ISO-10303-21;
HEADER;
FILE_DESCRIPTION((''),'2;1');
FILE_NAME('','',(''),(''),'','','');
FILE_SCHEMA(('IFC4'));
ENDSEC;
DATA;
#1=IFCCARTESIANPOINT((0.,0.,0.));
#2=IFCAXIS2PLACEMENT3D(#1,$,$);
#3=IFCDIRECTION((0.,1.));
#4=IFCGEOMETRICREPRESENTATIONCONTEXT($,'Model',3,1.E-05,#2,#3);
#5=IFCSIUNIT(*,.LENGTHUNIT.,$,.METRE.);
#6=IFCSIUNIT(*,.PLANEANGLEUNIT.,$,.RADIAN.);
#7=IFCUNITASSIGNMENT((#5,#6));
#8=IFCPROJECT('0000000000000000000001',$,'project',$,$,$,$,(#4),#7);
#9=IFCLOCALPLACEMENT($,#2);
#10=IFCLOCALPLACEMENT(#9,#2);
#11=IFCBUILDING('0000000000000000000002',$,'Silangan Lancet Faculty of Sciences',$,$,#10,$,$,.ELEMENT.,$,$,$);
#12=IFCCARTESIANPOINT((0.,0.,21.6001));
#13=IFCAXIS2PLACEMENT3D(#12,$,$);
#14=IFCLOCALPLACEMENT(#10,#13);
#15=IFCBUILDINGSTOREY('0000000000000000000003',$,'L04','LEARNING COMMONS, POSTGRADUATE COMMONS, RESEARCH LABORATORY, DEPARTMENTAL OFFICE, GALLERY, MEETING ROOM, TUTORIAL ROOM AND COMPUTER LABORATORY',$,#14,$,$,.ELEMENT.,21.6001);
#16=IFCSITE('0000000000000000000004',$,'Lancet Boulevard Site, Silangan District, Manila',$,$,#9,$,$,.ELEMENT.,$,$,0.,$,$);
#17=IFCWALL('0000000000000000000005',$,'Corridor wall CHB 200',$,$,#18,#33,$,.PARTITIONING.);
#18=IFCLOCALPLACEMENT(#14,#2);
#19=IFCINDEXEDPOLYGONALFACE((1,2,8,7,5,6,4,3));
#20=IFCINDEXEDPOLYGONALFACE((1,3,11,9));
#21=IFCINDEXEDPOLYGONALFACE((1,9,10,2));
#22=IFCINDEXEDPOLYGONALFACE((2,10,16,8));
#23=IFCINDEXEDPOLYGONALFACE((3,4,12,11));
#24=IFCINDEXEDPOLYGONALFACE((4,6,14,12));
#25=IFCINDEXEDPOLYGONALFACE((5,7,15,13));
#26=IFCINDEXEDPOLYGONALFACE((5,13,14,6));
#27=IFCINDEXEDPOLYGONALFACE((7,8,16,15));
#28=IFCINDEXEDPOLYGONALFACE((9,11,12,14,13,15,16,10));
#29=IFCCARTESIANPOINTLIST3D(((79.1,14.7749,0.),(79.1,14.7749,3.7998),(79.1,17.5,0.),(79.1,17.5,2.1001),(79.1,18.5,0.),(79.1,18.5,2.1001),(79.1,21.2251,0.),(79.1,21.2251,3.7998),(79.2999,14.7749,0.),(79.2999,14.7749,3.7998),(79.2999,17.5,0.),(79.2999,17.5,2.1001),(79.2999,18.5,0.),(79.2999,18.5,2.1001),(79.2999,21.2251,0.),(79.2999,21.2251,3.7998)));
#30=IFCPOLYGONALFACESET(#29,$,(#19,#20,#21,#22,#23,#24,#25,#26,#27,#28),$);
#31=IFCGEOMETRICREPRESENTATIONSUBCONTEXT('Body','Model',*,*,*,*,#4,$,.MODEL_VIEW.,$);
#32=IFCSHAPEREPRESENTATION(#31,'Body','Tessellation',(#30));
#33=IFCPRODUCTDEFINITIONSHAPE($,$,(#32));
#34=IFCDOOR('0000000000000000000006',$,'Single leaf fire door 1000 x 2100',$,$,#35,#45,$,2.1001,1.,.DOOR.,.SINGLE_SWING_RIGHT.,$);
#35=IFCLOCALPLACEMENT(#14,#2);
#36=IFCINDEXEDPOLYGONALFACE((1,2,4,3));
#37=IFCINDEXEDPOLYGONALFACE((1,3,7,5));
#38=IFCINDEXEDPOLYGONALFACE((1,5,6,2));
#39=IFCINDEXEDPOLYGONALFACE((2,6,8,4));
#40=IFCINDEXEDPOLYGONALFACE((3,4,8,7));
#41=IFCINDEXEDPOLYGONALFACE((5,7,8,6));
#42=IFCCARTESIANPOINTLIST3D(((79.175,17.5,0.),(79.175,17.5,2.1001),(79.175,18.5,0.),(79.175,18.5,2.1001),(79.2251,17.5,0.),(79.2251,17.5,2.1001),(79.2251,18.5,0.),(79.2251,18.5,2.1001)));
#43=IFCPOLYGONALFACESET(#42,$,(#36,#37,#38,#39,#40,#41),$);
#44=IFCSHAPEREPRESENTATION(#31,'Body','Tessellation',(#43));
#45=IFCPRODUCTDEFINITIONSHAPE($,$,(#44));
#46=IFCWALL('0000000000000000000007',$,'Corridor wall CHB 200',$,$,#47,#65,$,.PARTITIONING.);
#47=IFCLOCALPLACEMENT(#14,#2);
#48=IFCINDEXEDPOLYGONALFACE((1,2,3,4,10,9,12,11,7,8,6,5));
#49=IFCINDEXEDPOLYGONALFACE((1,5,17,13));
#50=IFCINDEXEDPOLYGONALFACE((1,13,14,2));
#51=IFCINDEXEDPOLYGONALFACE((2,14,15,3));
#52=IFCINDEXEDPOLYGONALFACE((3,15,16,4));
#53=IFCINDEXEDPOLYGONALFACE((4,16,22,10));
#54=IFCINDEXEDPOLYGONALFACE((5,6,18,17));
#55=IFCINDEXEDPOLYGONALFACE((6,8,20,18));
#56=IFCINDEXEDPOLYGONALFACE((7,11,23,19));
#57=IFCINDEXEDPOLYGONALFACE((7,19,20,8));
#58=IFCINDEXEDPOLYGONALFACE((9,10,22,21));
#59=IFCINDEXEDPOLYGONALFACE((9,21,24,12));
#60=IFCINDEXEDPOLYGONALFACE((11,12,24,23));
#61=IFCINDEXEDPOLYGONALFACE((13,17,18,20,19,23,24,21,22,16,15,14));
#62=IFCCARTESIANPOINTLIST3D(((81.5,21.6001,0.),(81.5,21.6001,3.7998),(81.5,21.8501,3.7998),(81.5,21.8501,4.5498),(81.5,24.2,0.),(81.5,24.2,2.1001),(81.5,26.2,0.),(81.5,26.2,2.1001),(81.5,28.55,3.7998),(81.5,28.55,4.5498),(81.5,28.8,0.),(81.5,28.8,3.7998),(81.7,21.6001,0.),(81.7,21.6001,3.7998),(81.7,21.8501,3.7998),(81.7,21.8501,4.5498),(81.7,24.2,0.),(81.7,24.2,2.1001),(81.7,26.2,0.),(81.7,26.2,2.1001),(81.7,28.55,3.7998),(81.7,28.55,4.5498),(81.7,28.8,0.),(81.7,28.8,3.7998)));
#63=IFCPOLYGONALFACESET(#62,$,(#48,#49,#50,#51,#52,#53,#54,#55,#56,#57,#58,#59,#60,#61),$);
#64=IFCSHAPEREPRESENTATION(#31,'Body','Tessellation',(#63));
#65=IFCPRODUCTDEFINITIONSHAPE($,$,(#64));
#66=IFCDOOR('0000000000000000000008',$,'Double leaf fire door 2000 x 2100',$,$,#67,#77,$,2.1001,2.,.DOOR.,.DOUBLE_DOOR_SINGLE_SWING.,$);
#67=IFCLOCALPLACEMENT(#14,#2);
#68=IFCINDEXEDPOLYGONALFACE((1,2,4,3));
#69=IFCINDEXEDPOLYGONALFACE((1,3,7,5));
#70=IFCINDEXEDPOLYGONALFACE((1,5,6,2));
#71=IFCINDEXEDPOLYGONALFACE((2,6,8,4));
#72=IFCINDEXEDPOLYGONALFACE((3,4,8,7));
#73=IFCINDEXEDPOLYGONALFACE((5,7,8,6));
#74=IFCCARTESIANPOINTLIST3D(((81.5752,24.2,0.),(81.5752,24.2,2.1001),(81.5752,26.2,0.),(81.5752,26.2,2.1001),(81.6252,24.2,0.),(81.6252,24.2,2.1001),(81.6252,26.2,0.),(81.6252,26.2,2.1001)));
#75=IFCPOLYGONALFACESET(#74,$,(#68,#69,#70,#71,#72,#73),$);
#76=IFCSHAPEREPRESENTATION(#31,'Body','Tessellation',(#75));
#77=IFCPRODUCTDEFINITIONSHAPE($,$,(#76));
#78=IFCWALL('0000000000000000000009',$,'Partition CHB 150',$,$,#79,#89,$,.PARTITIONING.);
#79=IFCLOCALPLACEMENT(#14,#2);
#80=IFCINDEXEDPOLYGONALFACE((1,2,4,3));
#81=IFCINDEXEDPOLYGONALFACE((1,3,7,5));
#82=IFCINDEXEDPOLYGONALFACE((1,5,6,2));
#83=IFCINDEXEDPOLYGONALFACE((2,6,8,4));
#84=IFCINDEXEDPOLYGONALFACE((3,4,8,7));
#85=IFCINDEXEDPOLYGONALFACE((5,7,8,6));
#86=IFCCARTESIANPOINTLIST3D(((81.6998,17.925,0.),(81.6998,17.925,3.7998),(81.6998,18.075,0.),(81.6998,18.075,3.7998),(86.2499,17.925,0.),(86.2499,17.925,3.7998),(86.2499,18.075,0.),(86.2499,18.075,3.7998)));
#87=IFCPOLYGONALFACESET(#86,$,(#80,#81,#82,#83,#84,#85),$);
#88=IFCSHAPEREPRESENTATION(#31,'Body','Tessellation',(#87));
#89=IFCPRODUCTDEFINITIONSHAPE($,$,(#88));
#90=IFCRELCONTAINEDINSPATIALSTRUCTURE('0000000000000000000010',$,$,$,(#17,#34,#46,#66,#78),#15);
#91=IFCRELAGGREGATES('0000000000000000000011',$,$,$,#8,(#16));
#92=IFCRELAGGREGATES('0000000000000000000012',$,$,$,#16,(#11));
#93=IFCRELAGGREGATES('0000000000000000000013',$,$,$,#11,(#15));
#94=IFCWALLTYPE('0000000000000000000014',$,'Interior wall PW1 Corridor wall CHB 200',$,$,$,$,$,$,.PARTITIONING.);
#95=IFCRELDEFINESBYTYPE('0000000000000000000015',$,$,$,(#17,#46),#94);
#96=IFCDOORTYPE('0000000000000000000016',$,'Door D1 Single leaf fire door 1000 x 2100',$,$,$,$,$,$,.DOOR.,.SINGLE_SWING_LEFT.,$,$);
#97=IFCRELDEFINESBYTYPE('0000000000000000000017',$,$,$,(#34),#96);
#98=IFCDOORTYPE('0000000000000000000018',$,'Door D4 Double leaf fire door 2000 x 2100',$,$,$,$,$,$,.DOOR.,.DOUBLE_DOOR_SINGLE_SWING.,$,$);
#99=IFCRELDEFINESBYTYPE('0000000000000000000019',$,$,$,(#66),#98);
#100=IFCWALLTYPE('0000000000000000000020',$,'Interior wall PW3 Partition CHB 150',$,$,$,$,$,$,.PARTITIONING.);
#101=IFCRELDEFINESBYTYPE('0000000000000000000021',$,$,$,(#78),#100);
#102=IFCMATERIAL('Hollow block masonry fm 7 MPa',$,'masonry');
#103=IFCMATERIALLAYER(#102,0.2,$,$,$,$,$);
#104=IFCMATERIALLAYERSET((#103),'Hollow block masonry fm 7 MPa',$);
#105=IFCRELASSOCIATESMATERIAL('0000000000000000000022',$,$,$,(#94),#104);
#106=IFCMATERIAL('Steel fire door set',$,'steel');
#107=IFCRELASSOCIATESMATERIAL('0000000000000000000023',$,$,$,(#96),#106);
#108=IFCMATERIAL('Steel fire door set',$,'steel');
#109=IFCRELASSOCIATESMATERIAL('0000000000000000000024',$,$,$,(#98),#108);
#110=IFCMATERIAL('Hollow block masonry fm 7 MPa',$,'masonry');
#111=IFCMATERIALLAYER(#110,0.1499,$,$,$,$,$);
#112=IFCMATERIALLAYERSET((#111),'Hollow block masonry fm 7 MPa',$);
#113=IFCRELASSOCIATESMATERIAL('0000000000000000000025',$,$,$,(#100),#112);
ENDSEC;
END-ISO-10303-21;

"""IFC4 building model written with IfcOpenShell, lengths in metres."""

from ifc_helpers import new_model, si_unit, direction, frame, frame_2d, origin, place, context, subcontext, project, spatial, polyline, rectangle, outline, extrude, material, layer, layer_set, type_object, element, fill, save


model = new_model("IFC4")

# Units and contexts
model_context = context("Model", 3, precision=1e-05, world=origin(), true_north=direction((0.0, 1.0)))
body_context = subcontext(model_context, "Body", "Model", "MODEL_VIEW")
ifc_project = project(units=[si_unit("LENGTHUNIT", "METRE"), si_unit("PLANEANGLEUNIT", "RADIAN")], contexts=[model_context])

# Site, building, storey
site_placement = place(None, origin())
site = spatial("IfcSite", under=ifc_project, at=site_placement, Name="Lancet Boulevard Site, Silangan District, Manila", CompositionType="ELEMENT", RefElevation=0.0)
building_placement = place(site_placement, origin())
building = spatial("IfcBuilding", under=site, at=building_placement, Name="Silangan Lancet Faculty of Sciences", CompositionType="ELEMENT")
storey_placement = place(building_placement, frame((0.0, 0.0, 21.6001)))
storey = spatial("IfcBuildingStorey", under=building, at=storey_placement, Name="L04", Description="LEARNING COMMONS, POSTGRADUATE COMMONS, RESEARCH LABORATORY, DEPARTMENTAL OFFICE, GALLERY, MEETING ROOM, TUTORIAL ROOM AND COMPUTER LABORATORY", CompositionType="ELEMENT", Elevation=21.6001)

# Walls, openings, doors
ifc_material_1 = material(Name="Hollow block masonry fm 7 MPa", Category="masonry")
ifc_layer_1 = layer(ifc_material_1, 0.2)
ifc_layer_set_1 = layer_set([ifc_layer_1], Name="Hollow block masonry fm 7 MPa")
wall_type_1 = type_object("IfcWallType", Name="Interior wall PW1 Corridor wall CHB 200", PredefinedType="PARTITIONING", material=ifc_layer_set_1)
wall_1_placement = place(storey_placement, frame((79.2, 14.7749, 0.0), z_axis=(0.0, 0.0, 1.0), x_axis=(0.0, 1.0, 0.0)))
wall_1 = element("IfcWall", 1, at=wall_1_placement, inside=storey, type_object=wall_type_1, Name="Corridor wall CHB 200", PredefinedType="PARTITIONING", context=body_context, shape_type="SweptSolid", body=[
    extrude(rectangle(XDim=6.4502, YDim=0.2, at=frame_2d((3.2251, 0.0))), origin(), (0.0, 0.0, 1.0), 3.7998),
])
opening_1_placement = place(wall_1_placement, frame((2.7251, 0.0, 0.0)))
opening_1 = element("IfcOpeningElement", 2, at=opening_1_placement, cuts=wall_1, PredefinedType="OPENING", context=body_context, shape_type="SweptSolid", body=[
    extrude(rectangle(XDim=1.0, YDim=2.1001, at=frame_2d((0.5, 1.05))), frame((0.0, 0.1099, 0.0), z_axis=(0.0, -1.0, 0.0), x_axis=(1.0, 0.0, 0.0)), (0.0, 0.0, 1.0), 0.22),
])
ifc_material_2 = material(Name="Steel fire door set", Category="steel")
door_type_1 = type_object("IfcDoorType", Name="Door D1 Single leaf fire door 1000 x 2100", OperationType="SINGLE_SWING_LEFT", PredefinedType="DOOR", material=ifc_material_2)
door_1_placement = place(opening_1_placement, origin())
door_1 = element("IfcDoor", 3, at=door_1_placement, inside=storey, type_object=door_type_1, Name="Single leaf fire door 1000 x 2100", OperationType="SINGLE_SWING_RIGHT", OverallHeight=2.1001, OverallWidth=1.0, PredefinedType="DOOR", context=body_context, shape_type="SweptSolid", body=[
    extrude(rectangle(XDim=1.0, YDim=2.1001, at=frame_2d((0.5, 1.05))), frame((0.0, 0.0249, 0.0), z_axis=(0.0, -1.0, 0.0), x_axis=(1.0, 0.0, 0.0)), (0.0, 0.0, 1.0), 0.05),
])
fill(opening_1, door_1)
wall_2_placement = place(storey_placement, frame((81.6001, 21.6001, 0.0), z_axis=(0.0, 0.0, 1.0), x_axis=(0.0, 1.0, 0.0)))
wall_2 = element("IfcWall", 4, at=wall_2_placement, inside=storey, type_object=wall_type_1, Name="Corridor wall CHB 200", PredefinedType="PARTITIONING", context=body_context, shape_type="SweptSolid", body=[
    extrude(outline(polyline([(0.0, 0.0), (7.2, 0.0), (7.2, 3.7998), (6.95, 3.7998), (6.95, 4.5498), (0.25, 4.5498), (0.25, 3.7998), (0.0, 3.7998), (0.0, 0.0)])), frame((0.0, 0.1001, 0.0), z_axis=(0.0, -1.0, 0.0), x_axis=(1.0, 0.0, 0.0)), (0.0, 0.0, 1.0), 0.2),
])
opening_2_placement = place(wall_2_placement, frame((2.5999, 0.0, 0.0)))
opening_2 = element("IfcOpeningElement", 5, at=opening_2_placement, cuts=wall_2, PredefinedType="OPENING", context=body_context, shape_type="SweptSolid", body=[
    extrude(rectangle(XDim=2.0, YDim=2.1001, at=frame_2d((1.0, 1.05))), frame((0.0, 0.1099, 0.0), z_axis=(0.0, -1.0, 0.0), x_axis=(1.0, 0.0, 0.0)), (0.0, 0.0, 1.0), 0.22),
])
ifc_material_3 = material(Name="Steel fire door set", Category="steel")
door_type_2 = type_object("IfcDoorType", Name="Door D4 Double leaf fire door 2000 x 2100", OperationType="DOUBLE_DOOR_SINGLE_SWING", PredefinedType="DOOR", material=ifc_material_3)
door_2_placement = place(opening_2_placement, origin())
door_2 = element("IfcDoor", 6, at=door_2_placement, inside=storey, type_object=door_type_2, Name="Double leaf fire door 2000 x 2100", OperationType="DOUBLE_DOOR_SINGLE_SWING", OverallHeight=2.1001, OverallWidth=2.0, PredefinedType="DOOR", context=body_context, shape_type="SweptSolid", body=[
    extrude(rectangle(XDim=2.0, YDim=2.1001, at=frame_2d((1.0, 1.05))), frame((0.0, 0.0249, 0.0), z_axis=(0.0, -1.0, 0.0), x_axis=(1.0, 0.0, 0.0)), (0.0, 0.0, 1.0), 0.05),
])
fill(opening_2, door_2)

# Wall
ifc_material_4 = material(Name="Hollow block masonry fm 7 MPa", Category="masonry")
ifc_layer_2 = layer(ifc_material_4, 0.1499)
ifc_layer_set_2 = layer_set([ifc_layer_2], Name="Hollow block masonry fm 7 MPa")
wall_type_2 = type_object("IfcWallType", Name="Interior wall PW3 Partition CHB 150", PredefinedType="PARTITIONING", material=ifc_layer_set_2)
wall_3_placement = place(storey_placement, frame((81.7, 18.0, 0.0), z_axis=(0.0, 0.0, 1.0), x_axis=(1.0, 0.0, 0.0)))
element("IfcWall", 7, at=wall_3_placement, inside=storey, type_object=wall_type_2, Name="Partition CHB 150", PredefinedType="PARTITIONING", context=body_context, shape_type="SweptSolid", body=[
    extrude(rectangle(XDim=4.55, YDim=0.1499, at=frame_2d((2.2749, 0.0))), origin(), (0.0, 0.0, 1.0), 3.7998),
])

save(model, "model.ifc")
